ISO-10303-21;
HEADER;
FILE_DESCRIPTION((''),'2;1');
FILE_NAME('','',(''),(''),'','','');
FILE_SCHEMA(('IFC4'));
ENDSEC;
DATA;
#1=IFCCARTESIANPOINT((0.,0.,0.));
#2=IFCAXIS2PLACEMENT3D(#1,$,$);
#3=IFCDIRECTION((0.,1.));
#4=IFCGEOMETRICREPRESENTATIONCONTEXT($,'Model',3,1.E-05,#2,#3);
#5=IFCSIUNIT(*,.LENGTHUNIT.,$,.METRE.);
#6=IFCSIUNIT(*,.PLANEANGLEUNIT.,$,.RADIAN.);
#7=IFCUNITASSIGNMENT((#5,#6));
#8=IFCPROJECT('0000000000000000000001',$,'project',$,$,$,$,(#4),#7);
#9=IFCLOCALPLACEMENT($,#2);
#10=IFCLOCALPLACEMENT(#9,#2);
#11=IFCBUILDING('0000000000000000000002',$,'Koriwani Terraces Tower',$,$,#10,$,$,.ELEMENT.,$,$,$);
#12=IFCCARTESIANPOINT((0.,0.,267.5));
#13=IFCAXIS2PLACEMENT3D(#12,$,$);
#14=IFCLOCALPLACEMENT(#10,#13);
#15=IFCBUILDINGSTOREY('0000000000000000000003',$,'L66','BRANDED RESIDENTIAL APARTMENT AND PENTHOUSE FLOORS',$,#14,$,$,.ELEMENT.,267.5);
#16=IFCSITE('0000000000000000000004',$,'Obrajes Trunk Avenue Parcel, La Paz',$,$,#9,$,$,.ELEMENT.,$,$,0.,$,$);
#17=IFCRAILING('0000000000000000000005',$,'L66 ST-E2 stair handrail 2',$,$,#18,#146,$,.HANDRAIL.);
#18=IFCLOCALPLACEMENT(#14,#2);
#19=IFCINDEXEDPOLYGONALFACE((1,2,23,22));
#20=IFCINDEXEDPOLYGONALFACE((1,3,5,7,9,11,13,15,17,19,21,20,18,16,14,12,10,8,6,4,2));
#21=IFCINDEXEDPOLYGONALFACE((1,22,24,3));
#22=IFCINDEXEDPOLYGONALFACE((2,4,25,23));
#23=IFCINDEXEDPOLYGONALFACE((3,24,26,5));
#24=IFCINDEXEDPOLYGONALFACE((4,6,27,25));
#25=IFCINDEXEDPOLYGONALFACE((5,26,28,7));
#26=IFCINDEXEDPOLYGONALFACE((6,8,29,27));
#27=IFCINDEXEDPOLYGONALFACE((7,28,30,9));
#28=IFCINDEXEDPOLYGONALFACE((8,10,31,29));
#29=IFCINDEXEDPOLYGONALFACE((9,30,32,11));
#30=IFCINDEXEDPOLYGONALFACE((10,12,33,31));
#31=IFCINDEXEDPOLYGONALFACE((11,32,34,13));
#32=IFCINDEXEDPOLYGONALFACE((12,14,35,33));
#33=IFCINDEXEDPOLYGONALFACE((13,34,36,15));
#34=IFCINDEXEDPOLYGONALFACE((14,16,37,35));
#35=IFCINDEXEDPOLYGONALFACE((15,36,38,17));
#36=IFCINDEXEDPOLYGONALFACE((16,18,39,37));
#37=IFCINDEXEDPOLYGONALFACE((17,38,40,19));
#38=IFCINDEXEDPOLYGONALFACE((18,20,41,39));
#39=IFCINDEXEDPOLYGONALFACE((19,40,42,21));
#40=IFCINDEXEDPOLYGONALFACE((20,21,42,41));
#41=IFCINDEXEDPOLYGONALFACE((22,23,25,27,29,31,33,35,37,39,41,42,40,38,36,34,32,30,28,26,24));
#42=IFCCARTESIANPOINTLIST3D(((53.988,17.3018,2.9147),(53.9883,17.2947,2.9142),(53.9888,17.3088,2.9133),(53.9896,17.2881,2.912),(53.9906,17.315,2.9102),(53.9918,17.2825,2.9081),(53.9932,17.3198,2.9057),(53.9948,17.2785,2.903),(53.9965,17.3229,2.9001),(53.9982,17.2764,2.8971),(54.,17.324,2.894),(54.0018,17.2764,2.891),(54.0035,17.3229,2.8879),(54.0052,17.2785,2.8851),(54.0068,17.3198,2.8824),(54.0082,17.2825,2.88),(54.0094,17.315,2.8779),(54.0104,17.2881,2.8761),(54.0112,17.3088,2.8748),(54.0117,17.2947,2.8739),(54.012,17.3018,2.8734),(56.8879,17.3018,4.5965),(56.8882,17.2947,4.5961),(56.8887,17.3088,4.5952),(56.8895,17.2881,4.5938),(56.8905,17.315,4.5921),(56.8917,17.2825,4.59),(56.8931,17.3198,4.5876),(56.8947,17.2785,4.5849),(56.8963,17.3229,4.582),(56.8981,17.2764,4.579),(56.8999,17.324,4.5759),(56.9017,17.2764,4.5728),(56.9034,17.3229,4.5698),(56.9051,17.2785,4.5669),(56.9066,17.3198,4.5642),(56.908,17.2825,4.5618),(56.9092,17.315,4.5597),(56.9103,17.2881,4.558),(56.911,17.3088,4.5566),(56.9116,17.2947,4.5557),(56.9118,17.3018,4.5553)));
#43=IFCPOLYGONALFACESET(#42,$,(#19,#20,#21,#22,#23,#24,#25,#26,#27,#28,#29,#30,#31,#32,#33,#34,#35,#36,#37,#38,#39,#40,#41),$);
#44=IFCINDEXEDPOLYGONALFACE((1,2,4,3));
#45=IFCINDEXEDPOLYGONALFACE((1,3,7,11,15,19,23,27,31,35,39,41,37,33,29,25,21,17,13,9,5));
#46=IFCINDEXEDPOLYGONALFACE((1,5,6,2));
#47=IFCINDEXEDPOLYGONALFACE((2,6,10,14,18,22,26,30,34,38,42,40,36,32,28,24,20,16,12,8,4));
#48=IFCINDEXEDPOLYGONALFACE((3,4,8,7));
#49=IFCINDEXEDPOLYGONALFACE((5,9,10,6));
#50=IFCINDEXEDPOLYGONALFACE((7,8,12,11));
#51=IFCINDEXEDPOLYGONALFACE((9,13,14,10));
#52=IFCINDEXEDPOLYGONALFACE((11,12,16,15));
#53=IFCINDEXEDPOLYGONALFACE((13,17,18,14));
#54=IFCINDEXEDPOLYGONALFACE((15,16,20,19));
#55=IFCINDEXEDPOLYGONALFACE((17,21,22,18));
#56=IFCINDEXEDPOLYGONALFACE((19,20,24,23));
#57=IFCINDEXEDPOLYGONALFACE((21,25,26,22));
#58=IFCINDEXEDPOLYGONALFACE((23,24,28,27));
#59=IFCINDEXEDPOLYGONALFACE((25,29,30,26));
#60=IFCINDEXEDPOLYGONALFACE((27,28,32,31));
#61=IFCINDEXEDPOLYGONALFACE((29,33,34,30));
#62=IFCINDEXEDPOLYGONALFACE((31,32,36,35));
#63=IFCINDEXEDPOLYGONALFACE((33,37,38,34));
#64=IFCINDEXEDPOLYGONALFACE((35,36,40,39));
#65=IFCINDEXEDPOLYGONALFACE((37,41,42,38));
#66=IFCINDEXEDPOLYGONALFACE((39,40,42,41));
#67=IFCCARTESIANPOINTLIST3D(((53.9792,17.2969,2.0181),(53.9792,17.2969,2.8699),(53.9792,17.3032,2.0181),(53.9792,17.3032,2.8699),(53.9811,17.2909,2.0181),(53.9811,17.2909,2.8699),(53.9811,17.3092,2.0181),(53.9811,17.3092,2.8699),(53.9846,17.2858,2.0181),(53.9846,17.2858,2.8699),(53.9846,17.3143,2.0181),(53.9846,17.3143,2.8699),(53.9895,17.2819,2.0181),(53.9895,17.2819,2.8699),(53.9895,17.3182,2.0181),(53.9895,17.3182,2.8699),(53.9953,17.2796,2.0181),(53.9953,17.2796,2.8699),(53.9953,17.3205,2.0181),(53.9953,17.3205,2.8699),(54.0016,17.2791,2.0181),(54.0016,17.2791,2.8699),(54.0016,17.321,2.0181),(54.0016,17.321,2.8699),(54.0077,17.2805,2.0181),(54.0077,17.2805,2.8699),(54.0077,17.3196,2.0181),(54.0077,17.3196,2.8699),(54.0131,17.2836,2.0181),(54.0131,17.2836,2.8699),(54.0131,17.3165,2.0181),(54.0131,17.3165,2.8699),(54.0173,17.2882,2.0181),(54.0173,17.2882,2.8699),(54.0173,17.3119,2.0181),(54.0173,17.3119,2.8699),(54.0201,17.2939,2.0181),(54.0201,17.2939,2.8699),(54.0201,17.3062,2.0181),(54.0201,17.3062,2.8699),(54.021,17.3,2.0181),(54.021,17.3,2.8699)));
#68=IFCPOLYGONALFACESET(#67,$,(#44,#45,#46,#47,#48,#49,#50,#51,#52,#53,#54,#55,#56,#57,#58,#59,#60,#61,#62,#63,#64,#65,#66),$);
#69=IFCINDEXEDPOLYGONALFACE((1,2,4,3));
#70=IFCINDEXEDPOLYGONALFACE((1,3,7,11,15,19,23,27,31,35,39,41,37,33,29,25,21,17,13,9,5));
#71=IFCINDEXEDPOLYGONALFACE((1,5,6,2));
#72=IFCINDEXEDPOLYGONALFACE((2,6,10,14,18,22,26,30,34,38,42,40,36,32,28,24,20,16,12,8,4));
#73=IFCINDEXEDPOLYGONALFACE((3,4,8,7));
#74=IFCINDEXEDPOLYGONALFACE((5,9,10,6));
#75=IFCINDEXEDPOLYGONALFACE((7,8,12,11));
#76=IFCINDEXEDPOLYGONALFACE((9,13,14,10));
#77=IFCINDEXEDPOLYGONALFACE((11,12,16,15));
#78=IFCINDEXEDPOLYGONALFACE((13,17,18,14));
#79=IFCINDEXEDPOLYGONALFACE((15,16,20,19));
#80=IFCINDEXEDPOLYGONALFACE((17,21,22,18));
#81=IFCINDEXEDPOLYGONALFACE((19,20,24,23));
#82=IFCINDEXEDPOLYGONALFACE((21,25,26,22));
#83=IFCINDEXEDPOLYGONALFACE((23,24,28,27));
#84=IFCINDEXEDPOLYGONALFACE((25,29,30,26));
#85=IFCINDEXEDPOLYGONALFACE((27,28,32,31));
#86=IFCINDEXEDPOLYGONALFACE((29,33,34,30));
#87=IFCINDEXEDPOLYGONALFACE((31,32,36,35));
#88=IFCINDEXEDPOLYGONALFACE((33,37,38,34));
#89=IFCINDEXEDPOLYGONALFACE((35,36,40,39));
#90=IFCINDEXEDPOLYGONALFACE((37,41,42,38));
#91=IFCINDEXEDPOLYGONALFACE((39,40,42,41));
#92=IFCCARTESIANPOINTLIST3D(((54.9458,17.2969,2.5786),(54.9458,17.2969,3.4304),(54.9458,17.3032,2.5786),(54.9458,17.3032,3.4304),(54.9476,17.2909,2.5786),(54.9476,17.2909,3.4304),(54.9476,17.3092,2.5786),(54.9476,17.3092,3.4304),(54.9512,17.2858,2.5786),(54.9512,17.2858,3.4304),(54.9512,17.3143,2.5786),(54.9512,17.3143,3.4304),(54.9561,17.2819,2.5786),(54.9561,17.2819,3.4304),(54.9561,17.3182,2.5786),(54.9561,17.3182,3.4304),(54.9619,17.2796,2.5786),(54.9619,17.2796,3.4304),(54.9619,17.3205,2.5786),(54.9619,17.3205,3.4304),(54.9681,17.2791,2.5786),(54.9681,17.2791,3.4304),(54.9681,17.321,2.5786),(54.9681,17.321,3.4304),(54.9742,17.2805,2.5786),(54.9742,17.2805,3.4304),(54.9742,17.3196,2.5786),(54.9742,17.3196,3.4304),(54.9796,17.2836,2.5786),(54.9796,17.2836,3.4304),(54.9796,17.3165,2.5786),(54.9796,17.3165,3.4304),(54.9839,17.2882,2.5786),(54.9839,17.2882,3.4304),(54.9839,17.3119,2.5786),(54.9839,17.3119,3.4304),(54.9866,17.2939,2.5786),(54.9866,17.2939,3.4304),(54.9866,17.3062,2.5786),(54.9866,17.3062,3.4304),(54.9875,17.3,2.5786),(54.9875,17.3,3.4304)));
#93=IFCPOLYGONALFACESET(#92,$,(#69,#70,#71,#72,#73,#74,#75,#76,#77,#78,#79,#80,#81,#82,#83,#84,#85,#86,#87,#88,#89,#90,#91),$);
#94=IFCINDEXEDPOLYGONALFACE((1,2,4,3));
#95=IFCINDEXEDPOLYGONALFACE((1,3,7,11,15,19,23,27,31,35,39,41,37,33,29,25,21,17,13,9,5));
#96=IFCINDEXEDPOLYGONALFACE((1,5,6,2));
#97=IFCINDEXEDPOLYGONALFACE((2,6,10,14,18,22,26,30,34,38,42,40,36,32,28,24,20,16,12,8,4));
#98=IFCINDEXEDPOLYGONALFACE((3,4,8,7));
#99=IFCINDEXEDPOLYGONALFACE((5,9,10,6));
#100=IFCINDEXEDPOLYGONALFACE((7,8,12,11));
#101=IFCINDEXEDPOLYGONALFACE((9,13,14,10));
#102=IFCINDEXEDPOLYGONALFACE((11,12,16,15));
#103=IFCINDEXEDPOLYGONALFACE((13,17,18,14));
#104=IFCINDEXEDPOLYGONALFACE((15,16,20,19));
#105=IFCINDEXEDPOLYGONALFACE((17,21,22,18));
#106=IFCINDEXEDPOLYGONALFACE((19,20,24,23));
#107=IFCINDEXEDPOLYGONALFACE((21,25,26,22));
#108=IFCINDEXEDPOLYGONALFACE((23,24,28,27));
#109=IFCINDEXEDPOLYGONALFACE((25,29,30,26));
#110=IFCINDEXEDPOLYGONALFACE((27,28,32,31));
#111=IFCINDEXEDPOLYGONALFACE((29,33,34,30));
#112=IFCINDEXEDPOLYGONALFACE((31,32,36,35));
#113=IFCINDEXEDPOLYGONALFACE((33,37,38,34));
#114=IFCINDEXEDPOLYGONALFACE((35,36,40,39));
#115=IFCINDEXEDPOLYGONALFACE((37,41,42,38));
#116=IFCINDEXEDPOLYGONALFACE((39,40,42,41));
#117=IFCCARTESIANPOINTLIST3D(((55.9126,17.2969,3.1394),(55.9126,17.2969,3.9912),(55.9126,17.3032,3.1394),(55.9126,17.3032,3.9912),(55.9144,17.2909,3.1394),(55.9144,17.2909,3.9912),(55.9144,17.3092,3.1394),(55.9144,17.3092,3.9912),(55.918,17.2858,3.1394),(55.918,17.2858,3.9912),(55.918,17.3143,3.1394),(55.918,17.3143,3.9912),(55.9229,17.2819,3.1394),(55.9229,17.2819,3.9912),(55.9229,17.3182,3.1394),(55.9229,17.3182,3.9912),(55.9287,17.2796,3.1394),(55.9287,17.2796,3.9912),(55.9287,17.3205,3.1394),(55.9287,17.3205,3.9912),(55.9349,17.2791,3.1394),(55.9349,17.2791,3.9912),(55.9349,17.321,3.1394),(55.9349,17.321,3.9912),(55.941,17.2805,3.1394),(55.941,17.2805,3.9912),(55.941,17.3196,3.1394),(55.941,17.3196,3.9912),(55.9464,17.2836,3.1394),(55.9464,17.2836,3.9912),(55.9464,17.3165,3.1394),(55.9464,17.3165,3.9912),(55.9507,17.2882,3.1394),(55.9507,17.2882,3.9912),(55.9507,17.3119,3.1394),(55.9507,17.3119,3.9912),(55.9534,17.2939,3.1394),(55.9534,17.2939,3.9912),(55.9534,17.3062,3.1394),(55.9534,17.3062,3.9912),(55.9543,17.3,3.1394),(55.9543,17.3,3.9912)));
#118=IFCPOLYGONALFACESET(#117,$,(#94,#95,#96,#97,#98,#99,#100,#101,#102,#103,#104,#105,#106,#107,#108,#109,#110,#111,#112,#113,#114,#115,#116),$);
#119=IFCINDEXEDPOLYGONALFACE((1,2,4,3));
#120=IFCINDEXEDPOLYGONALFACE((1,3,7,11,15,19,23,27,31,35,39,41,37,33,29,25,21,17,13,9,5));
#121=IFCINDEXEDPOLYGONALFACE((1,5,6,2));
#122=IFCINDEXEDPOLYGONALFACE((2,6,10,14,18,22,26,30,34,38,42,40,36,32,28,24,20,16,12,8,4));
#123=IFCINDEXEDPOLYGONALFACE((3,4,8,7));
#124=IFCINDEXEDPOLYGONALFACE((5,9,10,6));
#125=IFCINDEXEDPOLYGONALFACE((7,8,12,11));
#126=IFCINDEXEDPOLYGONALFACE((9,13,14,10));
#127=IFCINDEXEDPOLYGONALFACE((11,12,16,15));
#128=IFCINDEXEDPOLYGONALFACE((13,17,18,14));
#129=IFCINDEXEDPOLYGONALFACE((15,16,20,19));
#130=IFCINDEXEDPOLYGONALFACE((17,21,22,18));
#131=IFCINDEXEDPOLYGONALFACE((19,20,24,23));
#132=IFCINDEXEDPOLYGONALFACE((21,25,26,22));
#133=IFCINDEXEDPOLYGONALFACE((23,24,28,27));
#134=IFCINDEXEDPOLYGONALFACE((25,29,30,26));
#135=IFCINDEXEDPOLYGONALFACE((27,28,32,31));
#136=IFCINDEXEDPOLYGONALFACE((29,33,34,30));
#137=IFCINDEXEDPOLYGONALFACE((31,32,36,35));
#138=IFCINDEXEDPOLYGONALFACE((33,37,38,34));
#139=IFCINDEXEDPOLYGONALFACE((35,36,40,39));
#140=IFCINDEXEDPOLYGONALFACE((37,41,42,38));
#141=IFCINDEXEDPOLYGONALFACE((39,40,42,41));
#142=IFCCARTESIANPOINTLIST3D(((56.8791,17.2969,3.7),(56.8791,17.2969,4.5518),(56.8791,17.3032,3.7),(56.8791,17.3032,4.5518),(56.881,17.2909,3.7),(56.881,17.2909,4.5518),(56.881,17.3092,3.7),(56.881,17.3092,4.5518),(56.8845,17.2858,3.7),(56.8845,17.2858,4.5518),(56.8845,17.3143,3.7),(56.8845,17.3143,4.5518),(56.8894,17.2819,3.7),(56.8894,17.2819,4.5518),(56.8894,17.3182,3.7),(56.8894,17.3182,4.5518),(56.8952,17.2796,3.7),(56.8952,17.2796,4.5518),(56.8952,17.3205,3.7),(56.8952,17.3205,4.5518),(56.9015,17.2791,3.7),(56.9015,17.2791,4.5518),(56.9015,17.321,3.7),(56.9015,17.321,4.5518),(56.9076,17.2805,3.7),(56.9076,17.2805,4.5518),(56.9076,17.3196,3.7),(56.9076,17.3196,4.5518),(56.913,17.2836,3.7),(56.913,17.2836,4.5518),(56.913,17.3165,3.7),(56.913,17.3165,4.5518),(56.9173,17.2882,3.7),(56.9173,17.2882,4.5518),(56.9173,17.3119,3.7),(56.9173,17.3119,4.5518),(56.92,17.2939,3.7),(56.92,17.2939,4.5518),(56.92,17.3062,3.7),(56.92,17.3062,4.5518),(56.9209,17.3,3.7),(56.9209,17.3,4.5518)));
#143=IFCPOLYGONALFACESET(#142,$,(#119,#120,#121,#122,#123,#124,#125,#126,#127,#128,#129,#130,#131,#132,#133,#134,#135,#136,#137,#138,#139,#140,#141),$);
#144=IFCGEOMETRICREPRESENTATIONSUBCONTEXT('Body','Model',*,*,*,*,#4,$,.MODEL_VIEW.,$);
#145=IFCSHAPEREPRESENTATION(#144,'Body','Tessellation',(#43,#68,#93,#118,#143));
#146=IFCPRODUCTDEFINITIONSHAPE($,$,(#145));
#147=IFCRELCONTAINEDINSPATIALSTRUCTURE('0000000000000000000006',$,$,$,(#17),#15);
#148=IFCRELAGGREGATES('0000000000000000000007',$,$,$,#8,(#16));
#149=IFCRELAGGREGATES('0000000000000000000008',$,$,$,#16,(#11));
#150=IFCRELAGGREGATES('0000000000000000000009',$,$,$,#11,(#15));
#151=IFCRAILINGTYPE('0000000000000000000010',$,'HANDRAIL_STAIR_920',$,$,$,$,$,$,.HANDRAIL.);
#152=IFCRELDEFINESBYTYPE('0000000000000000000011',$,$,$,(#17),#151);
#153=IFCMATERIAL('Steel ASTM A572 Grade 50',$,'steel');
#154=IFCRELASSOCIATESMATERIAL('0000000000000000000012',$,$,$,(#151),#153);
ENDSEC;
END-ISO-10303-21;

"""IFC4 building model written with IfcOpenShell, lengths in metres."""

from ifc_helpers import new_model, si_unit, direction, frame, origin, origin_2d, place, context, subcontext, project, spatial, circle, extrude, material, type_object, element, save


model = new_model("IFC4")

# Units and contexts
model_context = context("Model", 3, precision=1e-05, world=origin(), true_north=direction((0.0, 1.0)))
body_context = subcontext(model_context, "Body", "Model", "MODEL_VIEW")
ifc_project = project(units=[si_unit("LENGTHUNIT", "METRE"), si_unit("PLANEANGLEUNIT", "RADIAN")], contexts=[model_context])

# Site, building, storey
site_placement = place(None, origin())
site = spatial("IfcSite", under=ifc_project, at=site_placement, Name="Obrajes Trunk Avenue Parcel, La Paz", CompositionType="ELEMENT", RefElevation=0.0)
building_placement = place(site_placement, origin())
building = spatial("IfcBuilding", under=site, at=building_placement, Name="Koriwani Terraces Tower", CompositionType="ELEMENT")
storey_placement = place(building_placement, frame((0.0, 0.0, 267.5)))
storey = spatial("IfcBuildingStorey", under=building, at=storey_placement, Name="L66", Description="BRANDED RESIDENTIAL APARTMENT AND PENTHOUSE FLOORS", CompositionType="ELEMENT", Elevation=267.5)

# Shared definitions
ifc_material_1 = material(Name="Steel ASTM A572 Grade 50", Category="steel")

# Railing
railing_type_1 = type_object("IfcRailingType", Name="HANDRAIL_STAIR_920", PredefinedType="HANDRAIL", material=ifc_material_1)
railing_1_placement = place(storey_placement, frame((54.0, 17.3, 2.0181)))
element("IfcRailing", 1, at=railing_1_placement, inside=storey, type_object=railing_type_1, Name="L66 ST-E2 stair handrail 2", PredefinedType="HANDRAIL", context=body_context, shape_type="SweptSolid", body=[
    extrude(circle(Radius=0.0239, at=origin_2d()), frame((0.0, 0.0, 0.876), z_axis=(0.865039, 0.0, 0.501705), x_axis=(0.0, 1.0, 0.0)), (0.0, 0.0, 1.0), 3.3523),
    extrude(circle(Radius=0.021, at=origin_2d()), origin(), (0.0, 0.0, 1.0), 0.8518),
    extrude(circle(Radius=0.021, at=origin_2d()), frame((0.9666, 0.0, 0.5605)), (0.0, 0.0, 1.0), 0.8518),
    extrude(circle(Radius=0.021, at=origin_2d()), frame((1.9333, 0.0, 1.1213)), (0.0, 0.0, 1.0), 0.8518),
    extrude(circle(Radius=0.021, at=origin_2d()), frame((2.8999, 0.0, 1.6819)), (0.0, 0.0, 1.0), 0.8518),
])

save(model, "model.ifc")
